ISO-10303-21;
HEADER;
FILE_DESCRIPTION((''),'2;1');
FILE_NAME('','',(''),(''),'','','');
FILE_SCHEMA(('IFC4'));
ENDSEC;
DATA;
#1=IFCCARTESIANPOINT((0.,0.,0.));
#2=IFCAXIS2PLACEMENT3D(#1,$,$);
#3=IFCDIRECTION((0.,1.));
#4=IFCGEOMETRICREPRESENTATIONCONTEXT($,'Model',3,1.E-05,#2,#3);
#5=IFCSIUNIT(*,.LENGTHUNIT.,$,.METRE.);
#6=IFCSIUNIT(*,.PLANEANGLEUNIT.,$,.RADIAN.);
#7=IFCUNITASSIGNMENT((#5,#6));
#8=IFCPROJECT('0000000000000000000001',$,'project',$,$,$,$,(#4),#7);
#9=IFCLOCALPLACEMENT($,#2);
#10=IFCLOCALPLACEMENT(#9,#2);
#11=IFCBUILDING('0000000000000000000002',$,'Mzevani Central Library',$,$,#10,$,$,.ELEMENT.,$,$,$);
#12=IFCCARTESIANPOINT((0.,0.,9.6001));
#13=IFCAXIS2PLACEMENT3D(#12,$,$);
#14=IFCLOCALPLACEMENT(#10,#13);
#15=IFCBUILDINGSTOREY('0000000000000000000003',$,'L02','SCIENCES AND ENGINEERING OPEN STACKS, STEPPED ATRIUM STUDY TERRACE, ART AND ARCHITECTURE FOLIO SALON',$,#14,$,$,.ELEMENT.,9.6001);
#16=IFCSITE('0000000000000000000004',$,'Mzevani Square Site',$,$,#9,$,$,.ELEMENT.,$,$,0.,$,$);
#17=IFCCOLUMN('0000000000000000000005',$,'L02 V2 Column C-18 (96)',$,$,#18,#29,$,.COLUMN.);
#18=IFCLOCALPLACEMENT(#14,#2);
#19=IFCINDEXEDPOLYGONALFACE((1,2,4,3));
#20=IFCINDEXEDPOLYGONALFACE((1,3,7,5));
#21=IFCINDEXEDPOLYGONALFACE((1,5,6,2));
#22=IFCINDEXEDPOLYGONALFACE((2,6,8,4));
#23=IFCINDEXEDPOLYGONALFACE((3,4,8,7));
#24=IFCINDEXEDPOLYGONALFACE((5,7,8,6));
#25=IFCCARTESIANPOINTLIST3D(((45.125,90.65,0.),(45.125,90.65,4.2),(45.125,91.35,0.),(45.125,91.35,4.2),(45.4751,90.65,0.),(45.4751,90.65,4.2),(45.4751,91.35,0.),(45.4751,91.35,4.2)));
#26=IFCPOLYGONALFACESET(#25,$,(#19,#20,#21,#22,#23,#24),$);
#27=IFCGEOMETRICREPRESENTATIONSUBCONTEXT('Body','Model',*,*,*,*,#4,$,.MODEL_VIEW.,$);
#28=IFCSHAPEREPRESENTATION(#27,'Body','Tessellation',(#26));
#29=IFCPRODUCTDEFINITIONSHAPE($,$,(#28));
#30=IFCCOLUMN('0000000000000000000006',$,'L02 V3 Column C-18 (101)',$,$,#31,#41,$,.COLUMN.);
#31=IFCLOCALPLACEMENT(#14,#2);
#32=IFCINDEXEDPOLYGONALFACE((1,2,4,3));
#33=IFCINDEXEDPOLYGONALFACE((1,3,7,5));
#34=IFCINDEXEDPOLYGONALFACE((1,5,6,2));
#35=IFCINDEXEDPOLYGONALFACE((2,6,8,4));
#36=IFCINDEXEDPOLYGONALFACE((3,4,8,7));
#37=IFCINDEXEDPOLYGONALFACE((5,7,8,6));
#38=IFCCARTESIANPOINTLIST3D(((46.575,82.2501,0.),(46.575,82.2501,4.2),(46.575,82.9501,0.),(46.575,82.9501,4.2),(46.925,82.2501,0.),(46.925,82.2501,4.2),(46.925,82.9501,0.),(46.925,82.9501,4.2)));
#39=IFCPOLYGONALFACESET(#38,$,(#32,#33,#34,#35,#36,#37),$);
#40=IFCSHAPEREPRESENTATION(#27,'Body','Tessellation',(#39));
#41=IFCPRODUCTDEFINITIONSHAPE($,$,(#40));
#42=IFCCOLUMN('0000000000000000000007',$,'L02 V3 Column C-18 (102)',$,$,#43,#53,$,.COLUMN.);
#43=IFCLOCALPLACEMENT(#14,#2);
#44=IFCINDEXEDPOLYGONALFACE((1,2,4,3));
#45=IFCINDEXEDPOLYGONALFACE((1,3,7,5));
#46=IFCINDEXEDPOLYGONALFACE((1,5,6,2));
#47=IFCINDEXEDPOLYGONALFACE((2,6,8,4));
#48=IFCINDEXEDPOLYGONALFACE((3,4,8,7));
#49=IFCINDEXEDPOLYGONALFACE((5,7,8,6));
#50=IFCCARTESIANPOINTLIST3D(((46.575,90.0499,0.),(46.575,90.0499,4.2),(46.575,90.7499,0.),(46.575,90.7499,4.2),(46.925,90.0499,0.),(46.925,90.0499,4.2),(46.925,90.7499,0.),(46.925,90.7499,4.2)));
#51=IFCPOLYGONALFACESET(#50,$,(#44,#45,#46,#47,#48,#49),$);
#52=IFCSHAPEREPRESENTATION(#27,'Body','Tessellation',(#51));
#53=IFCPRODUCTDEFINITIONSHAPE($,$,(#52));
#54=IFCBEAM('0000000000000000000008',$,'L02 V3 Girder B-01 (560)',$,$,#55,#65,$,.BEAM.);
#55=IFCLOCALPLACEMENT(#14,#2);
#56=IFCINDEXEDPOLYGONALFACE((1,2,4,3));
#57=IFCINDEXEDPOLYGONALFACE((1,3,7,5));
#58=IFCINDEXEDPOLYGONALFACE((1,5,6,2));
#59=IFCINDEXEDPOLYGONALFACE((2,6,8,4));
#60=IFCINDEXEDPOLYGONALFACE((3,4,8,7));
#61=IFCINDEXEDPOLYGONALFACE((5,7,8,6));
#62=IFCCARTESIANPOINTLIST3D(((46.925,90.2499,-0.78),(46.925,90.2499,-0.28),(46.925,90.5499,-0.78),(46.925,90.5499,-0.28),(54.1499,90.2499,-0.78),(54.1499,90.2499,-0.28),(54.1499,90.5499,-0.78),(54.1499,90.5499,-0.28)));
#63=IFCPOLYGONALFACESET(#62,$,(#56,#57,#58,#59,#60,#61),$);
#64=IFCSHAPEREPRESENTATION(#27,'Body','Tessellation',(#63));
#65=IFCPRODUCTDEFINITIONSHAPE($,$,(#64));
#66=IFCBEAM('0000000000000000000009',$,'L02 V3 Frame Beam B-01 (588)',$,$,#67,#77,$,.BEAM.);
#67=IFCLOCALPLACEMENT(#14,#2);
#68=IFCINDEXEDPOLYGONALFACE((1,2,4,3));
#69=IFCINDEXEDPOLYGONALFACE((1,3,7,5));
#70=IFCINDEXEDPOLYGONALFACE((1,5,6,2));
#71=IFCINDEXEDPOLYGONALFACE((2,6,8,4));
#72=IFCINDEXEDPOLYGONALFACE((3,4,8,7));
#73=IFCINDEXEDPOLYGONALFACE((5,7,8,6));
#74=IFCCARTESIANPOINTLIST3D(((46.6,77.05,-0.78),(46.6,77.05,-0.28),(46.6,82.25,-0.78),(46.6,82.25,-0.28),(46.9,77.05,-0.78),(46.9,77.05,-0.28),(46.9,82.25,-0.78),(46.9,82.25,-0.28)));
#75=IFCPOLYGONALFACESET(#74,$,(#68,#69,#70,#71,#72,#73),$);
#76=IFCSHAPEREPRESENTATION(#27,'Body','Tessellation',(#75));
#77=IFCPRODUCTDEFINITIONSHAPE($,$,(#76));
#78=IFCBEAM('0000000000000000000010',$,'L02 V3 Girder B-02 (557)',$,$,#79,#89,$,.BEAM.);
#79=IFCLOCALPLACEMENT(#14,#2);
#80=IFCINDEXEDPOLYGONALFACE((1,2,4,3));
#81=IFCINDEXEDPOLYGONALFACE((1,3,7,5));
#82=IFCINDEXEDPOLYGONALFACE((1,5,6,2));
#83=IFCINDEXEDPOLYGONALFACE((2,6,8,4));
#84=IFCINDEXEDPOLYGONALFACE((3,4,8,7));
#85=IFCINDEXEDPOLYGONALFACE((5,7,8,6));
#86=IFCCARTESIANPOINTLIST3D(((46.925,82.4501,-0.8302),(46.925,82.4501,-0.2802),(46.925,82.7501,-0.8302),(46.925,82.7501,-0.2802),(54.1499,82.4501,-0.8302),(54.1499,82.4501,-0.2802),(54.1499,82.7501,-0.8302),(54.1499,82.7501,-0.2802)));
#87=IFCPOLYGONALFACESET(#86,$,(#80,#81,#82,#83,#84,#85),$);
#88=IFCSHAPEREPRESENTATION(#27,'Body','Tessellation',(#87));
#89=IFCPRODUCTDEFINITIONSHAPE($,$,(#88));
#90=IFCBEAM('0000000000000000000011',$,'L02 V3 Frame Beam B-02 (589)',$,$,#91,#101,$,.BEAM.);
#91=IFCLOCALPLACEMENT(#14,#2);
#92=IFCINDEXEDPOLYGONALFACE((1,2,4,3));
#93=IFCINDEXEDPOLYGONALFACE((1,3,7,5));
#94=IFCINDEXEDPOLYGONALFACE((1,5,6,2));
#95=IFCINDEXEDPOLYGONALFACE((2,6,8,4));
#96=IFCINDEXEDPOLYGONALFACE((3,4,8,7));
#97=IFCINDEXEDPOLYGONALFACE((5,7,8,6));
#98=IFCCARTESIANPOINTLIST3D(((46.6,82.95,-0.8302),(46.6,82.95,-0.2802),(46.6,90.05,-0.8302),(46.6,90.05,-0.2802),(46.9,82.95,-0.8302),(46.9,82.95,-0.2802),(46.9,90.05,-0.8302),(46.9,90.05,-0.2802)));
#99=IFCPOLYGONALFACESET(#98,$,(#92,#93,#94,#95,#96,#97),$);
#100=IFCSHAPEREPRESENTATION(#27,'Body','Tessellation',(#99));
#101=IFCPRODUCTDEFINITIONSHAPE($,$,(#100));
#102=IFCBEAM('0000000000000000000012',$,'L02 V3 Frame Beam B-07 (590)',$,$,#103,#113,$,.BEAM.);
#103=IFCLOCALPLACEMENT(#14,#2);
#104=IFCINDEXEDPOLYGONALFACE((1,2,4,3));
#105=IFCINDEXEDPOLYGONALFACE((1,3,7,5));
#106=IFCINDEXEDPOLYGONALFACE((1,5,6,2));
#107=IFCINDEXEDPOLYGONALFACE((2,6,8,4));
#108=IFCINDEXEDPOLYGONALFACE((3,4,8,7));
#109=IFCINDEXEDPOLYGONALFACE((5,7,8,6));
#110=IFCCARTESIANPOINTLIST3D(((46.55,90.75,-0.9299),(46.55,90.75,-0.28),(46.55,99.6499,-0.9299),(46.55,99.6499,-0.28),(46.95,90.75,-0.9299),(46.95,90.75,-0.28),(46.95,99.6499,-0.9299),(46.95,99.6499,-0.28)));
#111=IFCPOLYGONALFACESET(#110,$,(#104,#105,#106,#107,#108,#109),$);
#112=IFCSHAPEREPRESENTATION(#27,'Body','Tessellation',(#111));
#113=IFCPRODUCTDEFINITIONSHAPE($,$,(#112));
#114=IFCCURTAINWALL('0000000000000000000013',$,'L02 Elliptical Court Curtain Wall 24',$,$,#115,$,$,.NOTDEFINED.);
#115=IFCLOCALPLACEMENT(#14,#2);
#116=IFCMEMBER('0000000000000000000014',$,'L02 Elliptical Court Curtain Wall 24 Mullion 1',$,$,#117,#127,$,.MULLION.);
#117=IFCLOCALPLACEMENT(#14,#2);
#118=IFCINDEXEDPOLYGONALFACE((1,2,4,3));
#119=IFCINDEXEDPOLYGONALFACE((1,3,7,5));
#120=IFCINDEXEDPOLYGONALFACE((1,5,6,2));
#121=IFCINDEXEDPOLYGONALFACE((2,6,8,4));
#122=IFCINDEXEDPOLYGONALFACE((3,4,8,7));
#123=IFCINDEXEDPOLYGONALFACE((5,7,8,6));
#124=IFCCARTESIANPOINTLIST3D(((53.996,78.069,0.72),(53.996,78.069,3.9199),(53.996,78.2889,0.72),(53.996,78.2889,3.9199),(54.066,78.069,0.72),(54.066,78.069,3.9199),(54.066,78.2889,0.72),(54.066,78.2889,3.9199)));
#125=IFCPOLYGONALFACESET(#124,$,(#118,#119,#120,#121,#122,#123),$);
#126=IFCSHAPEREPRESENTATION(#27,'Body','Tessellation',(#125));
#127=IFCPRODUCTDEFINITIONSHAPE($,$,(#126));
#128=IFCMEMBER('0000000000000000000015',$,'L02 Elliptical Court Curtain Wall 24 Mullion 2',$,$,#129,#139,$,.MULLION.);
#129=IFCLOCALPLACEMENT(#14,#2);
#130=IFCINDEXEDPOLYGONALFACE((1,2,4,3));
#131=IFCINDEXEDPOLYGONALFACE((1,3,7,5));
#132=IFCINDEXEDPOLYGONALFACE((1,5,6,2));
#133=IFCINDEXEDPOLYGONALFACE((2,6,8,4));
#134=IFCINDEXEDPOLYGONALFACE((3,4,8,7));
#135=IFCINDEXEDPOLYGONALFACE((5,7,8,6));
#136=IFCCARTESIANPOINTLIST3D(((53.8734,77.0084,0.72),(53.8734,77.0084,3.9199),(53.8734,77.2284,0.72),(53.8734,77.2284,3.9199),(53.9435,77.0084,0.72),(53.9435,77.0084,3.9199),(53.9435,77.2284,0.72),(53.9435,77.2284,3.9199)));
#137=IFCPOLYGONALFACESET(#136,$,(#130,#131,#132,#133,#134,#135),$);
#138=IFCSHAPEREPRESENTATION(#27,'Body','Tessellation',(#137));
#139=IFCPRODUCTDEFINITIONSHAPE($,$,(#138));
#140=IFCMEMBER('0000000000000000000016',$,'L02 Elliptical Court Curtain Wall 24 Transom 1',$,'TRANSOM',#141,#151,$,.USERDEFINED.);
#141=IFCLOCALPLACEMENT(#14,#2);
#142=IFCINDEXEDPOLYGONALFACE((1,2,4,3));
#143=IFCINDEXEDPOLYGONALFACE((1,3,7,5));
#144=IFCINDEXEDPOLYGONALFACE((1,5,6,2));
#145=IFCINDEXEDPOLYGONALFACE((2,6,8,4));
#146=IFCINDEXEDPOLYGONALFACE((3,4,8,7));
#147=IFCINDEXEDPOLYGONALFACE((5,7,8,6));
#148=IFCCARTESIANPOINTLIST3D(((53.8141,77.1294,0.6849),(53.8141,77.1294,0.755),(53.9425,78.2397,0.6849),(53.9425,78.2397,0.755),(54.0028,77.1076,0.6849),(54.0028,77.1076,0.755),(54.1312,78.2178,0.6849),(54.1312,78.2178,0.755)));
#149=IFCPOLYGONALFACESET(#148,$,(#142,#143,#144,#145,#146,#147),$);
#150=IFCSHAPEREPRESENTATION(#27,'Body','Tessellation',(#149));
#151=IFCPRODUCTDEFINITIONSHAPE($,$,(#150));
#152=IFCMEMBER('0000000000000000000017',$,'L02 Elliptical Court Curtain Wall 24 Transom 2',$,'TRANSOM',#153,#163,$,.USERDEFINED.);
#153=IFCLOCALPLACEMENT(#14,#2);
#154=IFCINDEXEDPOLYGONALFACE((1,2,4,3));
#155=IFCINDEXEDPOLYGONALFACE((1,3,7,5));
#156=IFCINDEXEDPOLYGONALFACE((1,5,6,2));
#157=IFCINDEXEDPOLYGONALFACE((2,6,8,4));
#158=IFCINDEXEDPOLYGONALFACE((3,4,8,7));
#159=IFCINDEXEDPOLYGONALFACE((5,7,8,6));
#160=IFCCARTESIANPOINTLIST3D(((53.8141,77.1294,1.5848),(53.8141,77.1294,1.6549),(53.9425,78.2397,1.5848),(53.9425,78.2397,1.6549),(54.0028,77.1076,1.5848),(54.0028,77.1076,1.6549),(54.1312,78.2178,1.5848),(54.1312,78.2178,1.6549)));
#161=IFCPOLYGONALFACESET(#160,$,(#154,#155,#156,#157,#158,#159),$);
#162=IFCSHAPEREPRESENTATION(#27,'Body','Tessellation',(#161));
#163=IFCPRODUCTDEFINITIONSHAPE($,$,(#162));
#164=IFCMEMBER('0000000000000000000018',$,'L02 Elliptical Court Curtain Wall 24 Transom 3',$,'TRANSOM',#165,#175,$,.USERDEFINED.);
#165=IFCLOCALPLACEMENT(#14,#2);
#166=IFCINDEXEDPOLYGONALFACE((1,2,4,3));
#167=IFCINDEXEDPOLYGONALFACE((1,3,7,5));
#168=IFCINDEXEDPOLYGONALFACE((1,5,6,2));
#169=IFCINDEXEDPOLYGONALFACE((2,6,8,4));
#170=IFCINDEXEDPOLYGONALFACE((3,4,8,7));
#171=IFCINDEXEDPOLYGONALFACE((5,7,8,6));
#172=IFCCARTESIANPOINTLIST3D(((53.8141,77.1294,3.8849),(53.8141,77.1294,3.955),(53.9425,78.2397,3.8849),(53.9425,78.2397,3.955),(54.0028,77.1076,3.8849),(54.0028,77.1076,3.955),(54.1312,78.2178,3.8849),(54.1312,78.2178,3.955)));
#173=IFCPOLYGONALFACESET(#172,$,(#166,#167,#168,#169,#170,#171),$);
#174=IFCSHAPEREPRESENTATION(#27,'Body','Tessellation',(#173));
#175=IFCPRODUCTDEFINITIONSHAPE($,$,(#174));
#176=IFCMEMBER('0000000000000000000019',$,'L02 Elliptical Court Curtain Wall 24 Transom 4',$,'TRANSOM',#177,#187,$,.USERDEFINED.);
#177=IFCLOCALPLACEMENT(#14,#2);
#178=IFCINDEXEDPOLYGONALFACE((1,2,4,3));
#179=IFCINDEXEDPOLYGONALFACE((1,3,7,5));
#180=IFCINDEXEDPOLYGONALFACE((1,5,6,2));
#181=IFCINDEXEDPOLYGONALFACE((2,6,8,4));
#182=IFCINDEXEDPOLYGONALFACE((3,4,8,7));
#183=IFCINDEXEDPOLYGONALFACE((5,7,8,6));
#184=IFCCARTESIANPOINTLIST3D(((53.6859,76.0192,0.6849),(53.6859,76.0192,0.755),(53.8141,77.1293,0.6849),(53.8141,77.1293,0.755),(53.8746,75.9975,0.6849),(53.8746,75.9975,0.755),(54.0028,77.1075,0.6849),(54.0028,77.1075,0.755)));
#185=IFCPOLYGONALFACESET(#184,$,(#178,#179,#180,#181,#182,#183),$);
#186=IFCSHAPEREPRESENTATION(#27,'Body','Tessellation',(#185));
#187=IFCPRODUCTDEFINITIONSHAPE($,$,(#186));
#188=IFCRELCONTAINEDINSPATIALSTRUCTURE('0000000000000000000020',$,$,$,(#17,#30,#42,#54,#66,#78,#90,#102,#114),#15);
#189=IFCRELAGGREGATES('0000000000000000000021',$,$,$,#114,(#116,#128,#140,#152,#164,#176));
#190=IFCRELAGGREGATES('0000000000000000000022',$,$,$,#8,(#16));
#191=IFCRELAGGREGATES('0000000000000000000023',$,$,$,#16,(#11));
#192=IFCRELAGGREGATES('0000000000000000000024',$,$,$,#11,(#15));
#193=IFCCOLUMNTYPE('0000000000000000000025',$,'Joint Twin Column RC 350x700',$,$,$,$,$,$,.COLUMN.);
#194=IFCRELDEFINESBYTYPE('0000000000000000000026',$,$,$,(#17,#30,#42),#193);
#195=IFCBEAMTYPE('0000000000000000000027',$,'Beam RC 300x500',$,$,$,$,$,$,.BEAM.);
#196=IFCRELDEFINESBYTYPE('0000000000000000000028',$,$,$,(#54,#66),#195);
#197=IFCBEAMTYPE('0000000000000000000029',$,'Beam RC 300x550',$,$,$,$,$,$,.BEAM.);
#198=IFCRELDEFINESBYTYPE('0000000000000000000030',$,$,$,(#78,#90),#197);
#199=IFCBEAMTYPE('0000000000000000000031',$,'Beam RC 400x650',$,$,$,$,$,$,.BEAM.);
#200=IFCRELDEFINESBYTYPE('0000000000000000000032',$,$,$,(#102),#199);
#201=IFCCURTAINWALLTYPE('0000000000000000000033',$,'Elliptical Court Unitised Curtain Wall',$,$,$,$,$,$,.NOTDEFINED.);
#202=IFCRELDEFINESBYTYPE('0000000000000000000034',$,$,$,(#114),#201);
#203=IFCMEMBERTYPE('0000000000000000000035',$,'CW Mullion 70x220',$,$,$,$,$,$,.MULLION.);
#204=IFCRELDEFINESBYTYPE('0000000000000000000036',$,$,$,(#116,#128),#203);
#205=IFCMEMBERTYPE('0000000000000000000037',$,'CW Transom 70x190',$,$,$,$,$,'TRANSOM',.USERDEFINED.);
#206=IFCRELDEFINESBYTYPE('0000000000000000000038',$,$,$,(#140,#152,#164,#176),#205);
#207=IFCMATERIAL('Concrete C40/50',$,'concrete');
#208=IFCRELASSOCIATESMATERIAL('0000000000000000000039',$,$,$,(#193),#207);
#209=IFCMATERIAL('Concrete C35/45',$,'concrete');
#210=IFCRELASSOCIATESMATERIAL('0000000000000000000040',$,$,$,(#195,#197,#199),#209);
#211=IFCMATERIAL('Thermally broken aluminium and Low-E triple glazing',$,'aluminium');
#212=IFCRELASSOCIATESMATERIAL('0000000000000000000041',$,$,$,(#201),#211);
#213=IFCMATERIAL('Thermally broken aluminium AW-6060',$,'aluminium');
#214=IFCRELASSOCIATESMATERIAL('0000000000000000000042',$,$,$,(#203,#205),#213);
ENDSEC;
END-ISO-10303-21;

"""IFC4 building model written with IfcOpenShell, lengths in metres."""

from ifc_helpers import new_model, si_unit, direction, frame, origin, origin_2d, place, context, subcontext, project, spatial, rectangle, extrude, material, material_profile, profile_set, type_object, element, aggregate, save


model = new_model("IFC4")

# Units and contexts
model_context = context("Model", 3, precision=1e-05, world=origin(), true_north=direction((0.0, 1.0)))
body_context = subcontext(model_context, "Body", "Model", "MODEL_VIEW")
ifc_project = project(units=[si_unit("LENGTHUNIT", "METRE"), si_unit("PLANEANGLEUNIT", "RADIAN")], contexts=[model_context])

# Site, building, storey
site_placement = place(None, origin())
site = spatial("IfcSite", under=ifc_project, at=site_placement, Name="Mzevani Square Site", CompositionType="ELEMENT", RefElevation=0.0)
building_placement = place(site_placement, origin())
building = spatial("IfcBuilding", under=site, at=building_placement, Name="Mzevani Central Library", CompositionType="ELEMENT")
storey_placement = place(building_placement, frame((0.0, 0.0, 9.6001)))
storey = spatial("IfcBuildingStorey", under=building, at=storey_placement, Name="L02", Description="SCIENCES AND ENGINEERING OPEN STACKS, STEPPED ATRIUM STUDY TERRACE, ART AND ARCHITECTURE FOLIO SALON", CompositionType="ELEMENT", Elevation=9.6001)

# Columns
ifc_material_1 = material(Name="Concrete C40/50", Category="concrete")
ifc_material_profile_1 = material_profile(ifc_material_1, rectangle(XDim=0.3501, YDim=0.7, at=origin_2d()), Name="RC 350x700")
ifc_profile_set_1 = profile_set([ifc_material_profile_1], Name="Concrete C40/50")
column_type = type_object("IfcColumnType", Name="Joint Twin Column RC 350x700", PredefinedType="COLUMN", material=ifc_profile_set_1)
for number, where, z_axis, x_axis, name in (
    (1, (45.3, 91.0, 0.0), (0.0, 0.0, 1.0), (1.0, 0.0, 0.0), "L02 V2 Column C-18 (96)"),
    (2, (46.75, 82.6001, 0.0), (0.0, 0.0, 1.0), (1.0, 0.0, 0.0), "L02 V3 Column C-18 (101)"),
    (3, (46.75, 90.3999, 0.0), (0.0, 0.0, 1.0), (1.0, 0.0, 0.0), "L02 V3 Column C-18 (102)"),
):
    element("IfcColumn", number, at=place(storey_placement, frame(where, z_axis=z_axis, x_axis=x_axis)), inside=storey, type_object=column_type, Name=name, PredefinedType="COLUMN", context=body_context, shape_type="SweptSolid", body=[
        extrude(rectangle(XDim=0.3501, YDim=0.7, at=origin_2d()), origin(), (0.0, 0.0, 1.0), 4.2),
    ])

# Beams
ifc_material_2 = material(Name="Concrete C35/45", Category="concrete")
ifc_material_profile_2 = material_profile(ifc_material_2, rectangle(XDim=0.3, YDim=0.5, at=origin_2d()), Name="RC B300x500")
ifc_profile_set_2 = profile_set([ifc_material_profile_2], Name="Concrete C35/45")
beam_type_1 = type_object("IfcBeamType", Name="Beam RC 300x500", PredefinedType="BEAM", material=ifc_profile_set_2)
beam_1_placement = place(storey_placement, frame((46.925, 90.3999, -0.53), z_axis=(1.0, 0.0, 0.0), x_axis=(0.0, 1.0, 0.0)))
element("IfcBeam", 4, at=beam_1_placement, inside=storey, type_object=beam_type_1, Name="L02 V3 Girder B-01 (560)", PredefinedType="BEAM", context=body_context, shape_type="SweptSolid", body=[
    extrude(rectangle(XDim=0.3, YDim=0.5, at=origin_2d()), origin(), (0.0, 0.0, 1.0), 7.2249),
])
beam_2_placement = place(storey_placement, frame((46.75, 77.05, -0.53), z_axis=(0.0, 1.0, 0.0), x_axis=(-1.0, 0.0, 0.0)))
element("IfcBeam", 5, at=beam_2_placement, inside=storey, type_object=beam_type_1, Name="L02 V3 Frame Beam B-01 (588)", PredefinedType="BEAM", context=body_context, shape_type="SweptSolid", body=[
    extrude(rectangle(XDim=0.3, YDim=0.5, at=origin_2d()), origin(), (0.0, 0.0, 1.0), 5.2),
])
ifc_material_profile_3 = material_profile(ifc_material_2, rectangle(XDim=0.3, YDim=0.55, at=origin_2d()), Name="RC B300x550")
ifc_profile_set_3 = profile_set([ifc_material_profile_3], Name="Concrete C35/45")
beam_type_2 = type_object("IfcBeamType", Name="Beam RC 300x550", PredefinedType="BEAM", material=ifc_profile_set_3)
beam_3_placement = place(storey_placement, frame((46.925, 82.6001, -0.5552), z_axis=(1.0, 0.0, 0.0), x_axis=(0.0, 1.0, 0.0)))
element("IfcBeam", 6, at=beam_3_placement, inside=storey, type_object=beam_type_2, Name="L02 V3 Girder B-02 (557)", PredefinedType="BEAM", context=body_context, shape_type="SweptSolid", body=[
    extrude(rectangle(XDim=0.3, YDim=0.55, at=origin_2d()), origin(), (0.0, 0.0, 1.0), 7.2249),
])
beam_4_placement = place(storey_placement, frame((46.75, 82.95, -0.5552), z_axis=(0.0, 1.0, 0.0), x_axis=(-1.0, 0.0, 0.0)))
element("IfcBeam", 7, at=beam_4_placement, inside=storey, type_object=beam_type_2, Name="L02 V3 Frame Beam B-02 (589)", PredefinedType="BEAM", context=body_context, shape_type="SweptSolid", body=[
    extrude(rectangle(XDim=0.3, YDim=0.55, at=origin_2d()), origin(), (0.0, 0.0, 1.0), 7.1001),
])
ifc_material_profile_4 = material_profile(ifc_material_2, rectangle(XDim=0.3999, YDim=0.6499, at=origin_2d()), Name="RC B400x650")
ifc_profile_set_4 = profile_set([ifc_material_profile_4], Name="Concrete C35/45")
beam_type_3 = type_object("IfcBeamType", Name="Beam RC 400x650", PredefinedType="BEAM", material=ifc_profile_set_4)
beam_5_placement = place(storey_placement, frame((46.75, 90.75, -0.605), z_axis=(0.0, 1.0, 0.0), x_axis=(-1.0, 0.0, 0.0)))
element("IfcBeam", 8, at=beam_5_placement, inside=storey, type_object=beam_type_3, Name="L02 V3 Frame Beam B-07 (590)", PredefinedType="BEAM", context=body_context, shape_type="SweptSolid", body=[
    extrude(rectangle(XDim=0.3999, YDim=0.6499, at=origin_2d()), origin(), (0.0, 0.0, 1.0), 8.8999),
])

# Curtain wall, members
ifc_material_3 = material(Name="Thermally broken aluminium and Low-E triple glazing", Category="aluminium")
curtain_wall_type = type_object("IfcCurtainWallType", Name="Elliptical Court Unitised Curtain Wall", PredefinedType="NOTDEFINED", material=ifc_material_3)
curtain_wall_placement = place(storey_placement, origin())
curtain_wall = element("IfcCurtainWall", 9, at=curtain_wall_placement, inside=storey, type_object=curtain_wall_type, Name="L02 Elliptical Court Curtain Wall 24", PredefinedType="NOTDEFINED")
ifc_material_4 = material(Name="Thermally broken aluminium AW-6060", Category="aluminium")
ifc_material_profile_5 = material_profile(ifc_material_4, rectangle(XDim=0.0701, YDim=0.22, at=origin_2d()), Name="ALU M70x220")
ifc_profile_set_5 = profile_set([ifc_material_profile_5], Name="Thermally broken aluminium AW-6060")
member_type_1 = type_object("IfcMemberType", Name="CW Mullion 70x220", PredefinedType="MULLION", material=ifc_profile_set_5)
member_1_placement = place(storey_placement, frame((54.031, 78.179, 0.72), z_axis=(0.0, 0.0, 1.0), x_axis=(1.0, 0.0, 0.0)))
member_1 = element("IfcMember", 10, at=member_1_placement, type_object=member_type_1, Name="L02 Elliptical Court Curtain Wall 24 Mullion 1", PredefinedType="MULLION", context=body_context, shape_type="SweptSolid", body=[
    extrude(rectangle(XDim=0.0701, YDim=0.22, at=origin_2d()), origin(), (0.0, 0.0, 1.0), 3.2),
])
member_2_placement = place(storey_placement, frame((53.9084, 77.1184, 0.72), z_axis=(0.0, 0.0, 1.0), x_axis=(1.0, 0.0, 0.0)))
member_2 = element("IfcMember", 11, at=member_2_placement, type_object=member_type_1, Name="L02 Elliptical Court Curtain Wall 24 Mullion 2", PredefinedType="MULLION", context=body_context, shape_type="SweptSolid", body=[
    extrude(rectangle(XDim=0.0701, YDim=0.22, at=origin_2d()), origin(), (0.0, 0.0, 1.0), 3.2),
])
ifc_material_profile_6 = material_profile(ifc_material_4, rectangle(XDim=0.1899, YDim=0.0701, at=origin_2d()), Name="ALU T70x190")
ifc_profile_set_6 = profile_set([ifc_material_profile_6], Name="Thermally broken aluminium AW-6060")
member_type_2 = type_object("IfcMemberType", Name="CW Transom 70x190", ElementType="TRANSOM", PredefinedType="USERDEFINED", material=ifc_profile_set_6)
member_3_placement = place(storey_placement, frame((54.0369, 78.2288, 0.72), z_axis=(-0.114889, -0.993378, 0.0), x_axis=(0.993378, -0.114889, 0.0)))
member_3 = element("IfcMember", 12, at=member_3_placement, type_object=member_type_2, Name="L02 Elliptical Court Curtain Wall 24 Transom 1", ObjectType="TRANSOM", PredefinedType="USERDEFINED", context=body_context, shape_type="SweptSolid", body=[
    extrude(rectangle(XDim=0.1899, YDim=0.0701, at=origin_2d()), origin(), (0.0, 0.0, 1.0), 1.1177),
])
member_4_placement = place(storey_placement, frame((54.0369, 78.2288, 1.6199), z_axis=(-0.114889, -0.993378, 0.0), x_axis=(0.993378, -0.114889, 0.0)))
member_4 = element("IfcMember", 13, at=member_4_placement, type_object=member_type_2, Name="L02 Elliptical Court Curtain Wall 24 Transom 2", ObjectType="TRANSOM", PredefinedType="USERDEFINED", context=body_context, shape_type="SweptSolid", body=[
    extrude(rectangle(XDim=0.1899, YDim=0.0701, at=origin_2d()), origin(), (0.0, 0.0, 1.0), 1.1177),
])
member_5_placement = place(storey_placement, frame((54.0369, 78.2288, 3.9199), z_axis=(-0.114889, -0.993378, 0.0), x_axis=(0.993378, -0.114889, 0.0)))
member_5 = element("IfcMember", 14, at=member_5_placement, type_object=member_type_2, Name="L02 Elliptical Court Curtain Wall 24 Transom 3", ObjectType="TRANSOM", PredefinedType="USERDEFINED", context=body_context, shape_type="SweptSolid", body=[
    extrude(rectangle(XDim=0.1899, YDim=0.0701, at=origin_2d()), origin(), (0.0, 0.0, 1.0), 1.1177),
])
member_6_placement = place(storey_placement, frame((53.9084, 77.1184, 0.72), z_axis=(-0.114699, -0.9934, 0.0), x_axis=(0.9934, -0.114699, 0.0)))
member_6 = element("IfcMember", 15, at=member_6_placement, type_object=member_type_2, Name="L02 Elliptical Court Curtain Wall 24 Transom 4", ObjectType="TRANSOM", PredefinedType="USERDEFINED", context=body_context, shape_type="SweptSolid", body=[
    extrude(rectangle(XDim=0.1899, YDim=0.0701, at=origin_2d()), origin(), (0.0, 0.0, 1.0), 1.1174),
])

aggregate(curtain_wall, [member_1, member_2, member_3, member_4, member_5, member_6])

save(model, "model.ifc")
